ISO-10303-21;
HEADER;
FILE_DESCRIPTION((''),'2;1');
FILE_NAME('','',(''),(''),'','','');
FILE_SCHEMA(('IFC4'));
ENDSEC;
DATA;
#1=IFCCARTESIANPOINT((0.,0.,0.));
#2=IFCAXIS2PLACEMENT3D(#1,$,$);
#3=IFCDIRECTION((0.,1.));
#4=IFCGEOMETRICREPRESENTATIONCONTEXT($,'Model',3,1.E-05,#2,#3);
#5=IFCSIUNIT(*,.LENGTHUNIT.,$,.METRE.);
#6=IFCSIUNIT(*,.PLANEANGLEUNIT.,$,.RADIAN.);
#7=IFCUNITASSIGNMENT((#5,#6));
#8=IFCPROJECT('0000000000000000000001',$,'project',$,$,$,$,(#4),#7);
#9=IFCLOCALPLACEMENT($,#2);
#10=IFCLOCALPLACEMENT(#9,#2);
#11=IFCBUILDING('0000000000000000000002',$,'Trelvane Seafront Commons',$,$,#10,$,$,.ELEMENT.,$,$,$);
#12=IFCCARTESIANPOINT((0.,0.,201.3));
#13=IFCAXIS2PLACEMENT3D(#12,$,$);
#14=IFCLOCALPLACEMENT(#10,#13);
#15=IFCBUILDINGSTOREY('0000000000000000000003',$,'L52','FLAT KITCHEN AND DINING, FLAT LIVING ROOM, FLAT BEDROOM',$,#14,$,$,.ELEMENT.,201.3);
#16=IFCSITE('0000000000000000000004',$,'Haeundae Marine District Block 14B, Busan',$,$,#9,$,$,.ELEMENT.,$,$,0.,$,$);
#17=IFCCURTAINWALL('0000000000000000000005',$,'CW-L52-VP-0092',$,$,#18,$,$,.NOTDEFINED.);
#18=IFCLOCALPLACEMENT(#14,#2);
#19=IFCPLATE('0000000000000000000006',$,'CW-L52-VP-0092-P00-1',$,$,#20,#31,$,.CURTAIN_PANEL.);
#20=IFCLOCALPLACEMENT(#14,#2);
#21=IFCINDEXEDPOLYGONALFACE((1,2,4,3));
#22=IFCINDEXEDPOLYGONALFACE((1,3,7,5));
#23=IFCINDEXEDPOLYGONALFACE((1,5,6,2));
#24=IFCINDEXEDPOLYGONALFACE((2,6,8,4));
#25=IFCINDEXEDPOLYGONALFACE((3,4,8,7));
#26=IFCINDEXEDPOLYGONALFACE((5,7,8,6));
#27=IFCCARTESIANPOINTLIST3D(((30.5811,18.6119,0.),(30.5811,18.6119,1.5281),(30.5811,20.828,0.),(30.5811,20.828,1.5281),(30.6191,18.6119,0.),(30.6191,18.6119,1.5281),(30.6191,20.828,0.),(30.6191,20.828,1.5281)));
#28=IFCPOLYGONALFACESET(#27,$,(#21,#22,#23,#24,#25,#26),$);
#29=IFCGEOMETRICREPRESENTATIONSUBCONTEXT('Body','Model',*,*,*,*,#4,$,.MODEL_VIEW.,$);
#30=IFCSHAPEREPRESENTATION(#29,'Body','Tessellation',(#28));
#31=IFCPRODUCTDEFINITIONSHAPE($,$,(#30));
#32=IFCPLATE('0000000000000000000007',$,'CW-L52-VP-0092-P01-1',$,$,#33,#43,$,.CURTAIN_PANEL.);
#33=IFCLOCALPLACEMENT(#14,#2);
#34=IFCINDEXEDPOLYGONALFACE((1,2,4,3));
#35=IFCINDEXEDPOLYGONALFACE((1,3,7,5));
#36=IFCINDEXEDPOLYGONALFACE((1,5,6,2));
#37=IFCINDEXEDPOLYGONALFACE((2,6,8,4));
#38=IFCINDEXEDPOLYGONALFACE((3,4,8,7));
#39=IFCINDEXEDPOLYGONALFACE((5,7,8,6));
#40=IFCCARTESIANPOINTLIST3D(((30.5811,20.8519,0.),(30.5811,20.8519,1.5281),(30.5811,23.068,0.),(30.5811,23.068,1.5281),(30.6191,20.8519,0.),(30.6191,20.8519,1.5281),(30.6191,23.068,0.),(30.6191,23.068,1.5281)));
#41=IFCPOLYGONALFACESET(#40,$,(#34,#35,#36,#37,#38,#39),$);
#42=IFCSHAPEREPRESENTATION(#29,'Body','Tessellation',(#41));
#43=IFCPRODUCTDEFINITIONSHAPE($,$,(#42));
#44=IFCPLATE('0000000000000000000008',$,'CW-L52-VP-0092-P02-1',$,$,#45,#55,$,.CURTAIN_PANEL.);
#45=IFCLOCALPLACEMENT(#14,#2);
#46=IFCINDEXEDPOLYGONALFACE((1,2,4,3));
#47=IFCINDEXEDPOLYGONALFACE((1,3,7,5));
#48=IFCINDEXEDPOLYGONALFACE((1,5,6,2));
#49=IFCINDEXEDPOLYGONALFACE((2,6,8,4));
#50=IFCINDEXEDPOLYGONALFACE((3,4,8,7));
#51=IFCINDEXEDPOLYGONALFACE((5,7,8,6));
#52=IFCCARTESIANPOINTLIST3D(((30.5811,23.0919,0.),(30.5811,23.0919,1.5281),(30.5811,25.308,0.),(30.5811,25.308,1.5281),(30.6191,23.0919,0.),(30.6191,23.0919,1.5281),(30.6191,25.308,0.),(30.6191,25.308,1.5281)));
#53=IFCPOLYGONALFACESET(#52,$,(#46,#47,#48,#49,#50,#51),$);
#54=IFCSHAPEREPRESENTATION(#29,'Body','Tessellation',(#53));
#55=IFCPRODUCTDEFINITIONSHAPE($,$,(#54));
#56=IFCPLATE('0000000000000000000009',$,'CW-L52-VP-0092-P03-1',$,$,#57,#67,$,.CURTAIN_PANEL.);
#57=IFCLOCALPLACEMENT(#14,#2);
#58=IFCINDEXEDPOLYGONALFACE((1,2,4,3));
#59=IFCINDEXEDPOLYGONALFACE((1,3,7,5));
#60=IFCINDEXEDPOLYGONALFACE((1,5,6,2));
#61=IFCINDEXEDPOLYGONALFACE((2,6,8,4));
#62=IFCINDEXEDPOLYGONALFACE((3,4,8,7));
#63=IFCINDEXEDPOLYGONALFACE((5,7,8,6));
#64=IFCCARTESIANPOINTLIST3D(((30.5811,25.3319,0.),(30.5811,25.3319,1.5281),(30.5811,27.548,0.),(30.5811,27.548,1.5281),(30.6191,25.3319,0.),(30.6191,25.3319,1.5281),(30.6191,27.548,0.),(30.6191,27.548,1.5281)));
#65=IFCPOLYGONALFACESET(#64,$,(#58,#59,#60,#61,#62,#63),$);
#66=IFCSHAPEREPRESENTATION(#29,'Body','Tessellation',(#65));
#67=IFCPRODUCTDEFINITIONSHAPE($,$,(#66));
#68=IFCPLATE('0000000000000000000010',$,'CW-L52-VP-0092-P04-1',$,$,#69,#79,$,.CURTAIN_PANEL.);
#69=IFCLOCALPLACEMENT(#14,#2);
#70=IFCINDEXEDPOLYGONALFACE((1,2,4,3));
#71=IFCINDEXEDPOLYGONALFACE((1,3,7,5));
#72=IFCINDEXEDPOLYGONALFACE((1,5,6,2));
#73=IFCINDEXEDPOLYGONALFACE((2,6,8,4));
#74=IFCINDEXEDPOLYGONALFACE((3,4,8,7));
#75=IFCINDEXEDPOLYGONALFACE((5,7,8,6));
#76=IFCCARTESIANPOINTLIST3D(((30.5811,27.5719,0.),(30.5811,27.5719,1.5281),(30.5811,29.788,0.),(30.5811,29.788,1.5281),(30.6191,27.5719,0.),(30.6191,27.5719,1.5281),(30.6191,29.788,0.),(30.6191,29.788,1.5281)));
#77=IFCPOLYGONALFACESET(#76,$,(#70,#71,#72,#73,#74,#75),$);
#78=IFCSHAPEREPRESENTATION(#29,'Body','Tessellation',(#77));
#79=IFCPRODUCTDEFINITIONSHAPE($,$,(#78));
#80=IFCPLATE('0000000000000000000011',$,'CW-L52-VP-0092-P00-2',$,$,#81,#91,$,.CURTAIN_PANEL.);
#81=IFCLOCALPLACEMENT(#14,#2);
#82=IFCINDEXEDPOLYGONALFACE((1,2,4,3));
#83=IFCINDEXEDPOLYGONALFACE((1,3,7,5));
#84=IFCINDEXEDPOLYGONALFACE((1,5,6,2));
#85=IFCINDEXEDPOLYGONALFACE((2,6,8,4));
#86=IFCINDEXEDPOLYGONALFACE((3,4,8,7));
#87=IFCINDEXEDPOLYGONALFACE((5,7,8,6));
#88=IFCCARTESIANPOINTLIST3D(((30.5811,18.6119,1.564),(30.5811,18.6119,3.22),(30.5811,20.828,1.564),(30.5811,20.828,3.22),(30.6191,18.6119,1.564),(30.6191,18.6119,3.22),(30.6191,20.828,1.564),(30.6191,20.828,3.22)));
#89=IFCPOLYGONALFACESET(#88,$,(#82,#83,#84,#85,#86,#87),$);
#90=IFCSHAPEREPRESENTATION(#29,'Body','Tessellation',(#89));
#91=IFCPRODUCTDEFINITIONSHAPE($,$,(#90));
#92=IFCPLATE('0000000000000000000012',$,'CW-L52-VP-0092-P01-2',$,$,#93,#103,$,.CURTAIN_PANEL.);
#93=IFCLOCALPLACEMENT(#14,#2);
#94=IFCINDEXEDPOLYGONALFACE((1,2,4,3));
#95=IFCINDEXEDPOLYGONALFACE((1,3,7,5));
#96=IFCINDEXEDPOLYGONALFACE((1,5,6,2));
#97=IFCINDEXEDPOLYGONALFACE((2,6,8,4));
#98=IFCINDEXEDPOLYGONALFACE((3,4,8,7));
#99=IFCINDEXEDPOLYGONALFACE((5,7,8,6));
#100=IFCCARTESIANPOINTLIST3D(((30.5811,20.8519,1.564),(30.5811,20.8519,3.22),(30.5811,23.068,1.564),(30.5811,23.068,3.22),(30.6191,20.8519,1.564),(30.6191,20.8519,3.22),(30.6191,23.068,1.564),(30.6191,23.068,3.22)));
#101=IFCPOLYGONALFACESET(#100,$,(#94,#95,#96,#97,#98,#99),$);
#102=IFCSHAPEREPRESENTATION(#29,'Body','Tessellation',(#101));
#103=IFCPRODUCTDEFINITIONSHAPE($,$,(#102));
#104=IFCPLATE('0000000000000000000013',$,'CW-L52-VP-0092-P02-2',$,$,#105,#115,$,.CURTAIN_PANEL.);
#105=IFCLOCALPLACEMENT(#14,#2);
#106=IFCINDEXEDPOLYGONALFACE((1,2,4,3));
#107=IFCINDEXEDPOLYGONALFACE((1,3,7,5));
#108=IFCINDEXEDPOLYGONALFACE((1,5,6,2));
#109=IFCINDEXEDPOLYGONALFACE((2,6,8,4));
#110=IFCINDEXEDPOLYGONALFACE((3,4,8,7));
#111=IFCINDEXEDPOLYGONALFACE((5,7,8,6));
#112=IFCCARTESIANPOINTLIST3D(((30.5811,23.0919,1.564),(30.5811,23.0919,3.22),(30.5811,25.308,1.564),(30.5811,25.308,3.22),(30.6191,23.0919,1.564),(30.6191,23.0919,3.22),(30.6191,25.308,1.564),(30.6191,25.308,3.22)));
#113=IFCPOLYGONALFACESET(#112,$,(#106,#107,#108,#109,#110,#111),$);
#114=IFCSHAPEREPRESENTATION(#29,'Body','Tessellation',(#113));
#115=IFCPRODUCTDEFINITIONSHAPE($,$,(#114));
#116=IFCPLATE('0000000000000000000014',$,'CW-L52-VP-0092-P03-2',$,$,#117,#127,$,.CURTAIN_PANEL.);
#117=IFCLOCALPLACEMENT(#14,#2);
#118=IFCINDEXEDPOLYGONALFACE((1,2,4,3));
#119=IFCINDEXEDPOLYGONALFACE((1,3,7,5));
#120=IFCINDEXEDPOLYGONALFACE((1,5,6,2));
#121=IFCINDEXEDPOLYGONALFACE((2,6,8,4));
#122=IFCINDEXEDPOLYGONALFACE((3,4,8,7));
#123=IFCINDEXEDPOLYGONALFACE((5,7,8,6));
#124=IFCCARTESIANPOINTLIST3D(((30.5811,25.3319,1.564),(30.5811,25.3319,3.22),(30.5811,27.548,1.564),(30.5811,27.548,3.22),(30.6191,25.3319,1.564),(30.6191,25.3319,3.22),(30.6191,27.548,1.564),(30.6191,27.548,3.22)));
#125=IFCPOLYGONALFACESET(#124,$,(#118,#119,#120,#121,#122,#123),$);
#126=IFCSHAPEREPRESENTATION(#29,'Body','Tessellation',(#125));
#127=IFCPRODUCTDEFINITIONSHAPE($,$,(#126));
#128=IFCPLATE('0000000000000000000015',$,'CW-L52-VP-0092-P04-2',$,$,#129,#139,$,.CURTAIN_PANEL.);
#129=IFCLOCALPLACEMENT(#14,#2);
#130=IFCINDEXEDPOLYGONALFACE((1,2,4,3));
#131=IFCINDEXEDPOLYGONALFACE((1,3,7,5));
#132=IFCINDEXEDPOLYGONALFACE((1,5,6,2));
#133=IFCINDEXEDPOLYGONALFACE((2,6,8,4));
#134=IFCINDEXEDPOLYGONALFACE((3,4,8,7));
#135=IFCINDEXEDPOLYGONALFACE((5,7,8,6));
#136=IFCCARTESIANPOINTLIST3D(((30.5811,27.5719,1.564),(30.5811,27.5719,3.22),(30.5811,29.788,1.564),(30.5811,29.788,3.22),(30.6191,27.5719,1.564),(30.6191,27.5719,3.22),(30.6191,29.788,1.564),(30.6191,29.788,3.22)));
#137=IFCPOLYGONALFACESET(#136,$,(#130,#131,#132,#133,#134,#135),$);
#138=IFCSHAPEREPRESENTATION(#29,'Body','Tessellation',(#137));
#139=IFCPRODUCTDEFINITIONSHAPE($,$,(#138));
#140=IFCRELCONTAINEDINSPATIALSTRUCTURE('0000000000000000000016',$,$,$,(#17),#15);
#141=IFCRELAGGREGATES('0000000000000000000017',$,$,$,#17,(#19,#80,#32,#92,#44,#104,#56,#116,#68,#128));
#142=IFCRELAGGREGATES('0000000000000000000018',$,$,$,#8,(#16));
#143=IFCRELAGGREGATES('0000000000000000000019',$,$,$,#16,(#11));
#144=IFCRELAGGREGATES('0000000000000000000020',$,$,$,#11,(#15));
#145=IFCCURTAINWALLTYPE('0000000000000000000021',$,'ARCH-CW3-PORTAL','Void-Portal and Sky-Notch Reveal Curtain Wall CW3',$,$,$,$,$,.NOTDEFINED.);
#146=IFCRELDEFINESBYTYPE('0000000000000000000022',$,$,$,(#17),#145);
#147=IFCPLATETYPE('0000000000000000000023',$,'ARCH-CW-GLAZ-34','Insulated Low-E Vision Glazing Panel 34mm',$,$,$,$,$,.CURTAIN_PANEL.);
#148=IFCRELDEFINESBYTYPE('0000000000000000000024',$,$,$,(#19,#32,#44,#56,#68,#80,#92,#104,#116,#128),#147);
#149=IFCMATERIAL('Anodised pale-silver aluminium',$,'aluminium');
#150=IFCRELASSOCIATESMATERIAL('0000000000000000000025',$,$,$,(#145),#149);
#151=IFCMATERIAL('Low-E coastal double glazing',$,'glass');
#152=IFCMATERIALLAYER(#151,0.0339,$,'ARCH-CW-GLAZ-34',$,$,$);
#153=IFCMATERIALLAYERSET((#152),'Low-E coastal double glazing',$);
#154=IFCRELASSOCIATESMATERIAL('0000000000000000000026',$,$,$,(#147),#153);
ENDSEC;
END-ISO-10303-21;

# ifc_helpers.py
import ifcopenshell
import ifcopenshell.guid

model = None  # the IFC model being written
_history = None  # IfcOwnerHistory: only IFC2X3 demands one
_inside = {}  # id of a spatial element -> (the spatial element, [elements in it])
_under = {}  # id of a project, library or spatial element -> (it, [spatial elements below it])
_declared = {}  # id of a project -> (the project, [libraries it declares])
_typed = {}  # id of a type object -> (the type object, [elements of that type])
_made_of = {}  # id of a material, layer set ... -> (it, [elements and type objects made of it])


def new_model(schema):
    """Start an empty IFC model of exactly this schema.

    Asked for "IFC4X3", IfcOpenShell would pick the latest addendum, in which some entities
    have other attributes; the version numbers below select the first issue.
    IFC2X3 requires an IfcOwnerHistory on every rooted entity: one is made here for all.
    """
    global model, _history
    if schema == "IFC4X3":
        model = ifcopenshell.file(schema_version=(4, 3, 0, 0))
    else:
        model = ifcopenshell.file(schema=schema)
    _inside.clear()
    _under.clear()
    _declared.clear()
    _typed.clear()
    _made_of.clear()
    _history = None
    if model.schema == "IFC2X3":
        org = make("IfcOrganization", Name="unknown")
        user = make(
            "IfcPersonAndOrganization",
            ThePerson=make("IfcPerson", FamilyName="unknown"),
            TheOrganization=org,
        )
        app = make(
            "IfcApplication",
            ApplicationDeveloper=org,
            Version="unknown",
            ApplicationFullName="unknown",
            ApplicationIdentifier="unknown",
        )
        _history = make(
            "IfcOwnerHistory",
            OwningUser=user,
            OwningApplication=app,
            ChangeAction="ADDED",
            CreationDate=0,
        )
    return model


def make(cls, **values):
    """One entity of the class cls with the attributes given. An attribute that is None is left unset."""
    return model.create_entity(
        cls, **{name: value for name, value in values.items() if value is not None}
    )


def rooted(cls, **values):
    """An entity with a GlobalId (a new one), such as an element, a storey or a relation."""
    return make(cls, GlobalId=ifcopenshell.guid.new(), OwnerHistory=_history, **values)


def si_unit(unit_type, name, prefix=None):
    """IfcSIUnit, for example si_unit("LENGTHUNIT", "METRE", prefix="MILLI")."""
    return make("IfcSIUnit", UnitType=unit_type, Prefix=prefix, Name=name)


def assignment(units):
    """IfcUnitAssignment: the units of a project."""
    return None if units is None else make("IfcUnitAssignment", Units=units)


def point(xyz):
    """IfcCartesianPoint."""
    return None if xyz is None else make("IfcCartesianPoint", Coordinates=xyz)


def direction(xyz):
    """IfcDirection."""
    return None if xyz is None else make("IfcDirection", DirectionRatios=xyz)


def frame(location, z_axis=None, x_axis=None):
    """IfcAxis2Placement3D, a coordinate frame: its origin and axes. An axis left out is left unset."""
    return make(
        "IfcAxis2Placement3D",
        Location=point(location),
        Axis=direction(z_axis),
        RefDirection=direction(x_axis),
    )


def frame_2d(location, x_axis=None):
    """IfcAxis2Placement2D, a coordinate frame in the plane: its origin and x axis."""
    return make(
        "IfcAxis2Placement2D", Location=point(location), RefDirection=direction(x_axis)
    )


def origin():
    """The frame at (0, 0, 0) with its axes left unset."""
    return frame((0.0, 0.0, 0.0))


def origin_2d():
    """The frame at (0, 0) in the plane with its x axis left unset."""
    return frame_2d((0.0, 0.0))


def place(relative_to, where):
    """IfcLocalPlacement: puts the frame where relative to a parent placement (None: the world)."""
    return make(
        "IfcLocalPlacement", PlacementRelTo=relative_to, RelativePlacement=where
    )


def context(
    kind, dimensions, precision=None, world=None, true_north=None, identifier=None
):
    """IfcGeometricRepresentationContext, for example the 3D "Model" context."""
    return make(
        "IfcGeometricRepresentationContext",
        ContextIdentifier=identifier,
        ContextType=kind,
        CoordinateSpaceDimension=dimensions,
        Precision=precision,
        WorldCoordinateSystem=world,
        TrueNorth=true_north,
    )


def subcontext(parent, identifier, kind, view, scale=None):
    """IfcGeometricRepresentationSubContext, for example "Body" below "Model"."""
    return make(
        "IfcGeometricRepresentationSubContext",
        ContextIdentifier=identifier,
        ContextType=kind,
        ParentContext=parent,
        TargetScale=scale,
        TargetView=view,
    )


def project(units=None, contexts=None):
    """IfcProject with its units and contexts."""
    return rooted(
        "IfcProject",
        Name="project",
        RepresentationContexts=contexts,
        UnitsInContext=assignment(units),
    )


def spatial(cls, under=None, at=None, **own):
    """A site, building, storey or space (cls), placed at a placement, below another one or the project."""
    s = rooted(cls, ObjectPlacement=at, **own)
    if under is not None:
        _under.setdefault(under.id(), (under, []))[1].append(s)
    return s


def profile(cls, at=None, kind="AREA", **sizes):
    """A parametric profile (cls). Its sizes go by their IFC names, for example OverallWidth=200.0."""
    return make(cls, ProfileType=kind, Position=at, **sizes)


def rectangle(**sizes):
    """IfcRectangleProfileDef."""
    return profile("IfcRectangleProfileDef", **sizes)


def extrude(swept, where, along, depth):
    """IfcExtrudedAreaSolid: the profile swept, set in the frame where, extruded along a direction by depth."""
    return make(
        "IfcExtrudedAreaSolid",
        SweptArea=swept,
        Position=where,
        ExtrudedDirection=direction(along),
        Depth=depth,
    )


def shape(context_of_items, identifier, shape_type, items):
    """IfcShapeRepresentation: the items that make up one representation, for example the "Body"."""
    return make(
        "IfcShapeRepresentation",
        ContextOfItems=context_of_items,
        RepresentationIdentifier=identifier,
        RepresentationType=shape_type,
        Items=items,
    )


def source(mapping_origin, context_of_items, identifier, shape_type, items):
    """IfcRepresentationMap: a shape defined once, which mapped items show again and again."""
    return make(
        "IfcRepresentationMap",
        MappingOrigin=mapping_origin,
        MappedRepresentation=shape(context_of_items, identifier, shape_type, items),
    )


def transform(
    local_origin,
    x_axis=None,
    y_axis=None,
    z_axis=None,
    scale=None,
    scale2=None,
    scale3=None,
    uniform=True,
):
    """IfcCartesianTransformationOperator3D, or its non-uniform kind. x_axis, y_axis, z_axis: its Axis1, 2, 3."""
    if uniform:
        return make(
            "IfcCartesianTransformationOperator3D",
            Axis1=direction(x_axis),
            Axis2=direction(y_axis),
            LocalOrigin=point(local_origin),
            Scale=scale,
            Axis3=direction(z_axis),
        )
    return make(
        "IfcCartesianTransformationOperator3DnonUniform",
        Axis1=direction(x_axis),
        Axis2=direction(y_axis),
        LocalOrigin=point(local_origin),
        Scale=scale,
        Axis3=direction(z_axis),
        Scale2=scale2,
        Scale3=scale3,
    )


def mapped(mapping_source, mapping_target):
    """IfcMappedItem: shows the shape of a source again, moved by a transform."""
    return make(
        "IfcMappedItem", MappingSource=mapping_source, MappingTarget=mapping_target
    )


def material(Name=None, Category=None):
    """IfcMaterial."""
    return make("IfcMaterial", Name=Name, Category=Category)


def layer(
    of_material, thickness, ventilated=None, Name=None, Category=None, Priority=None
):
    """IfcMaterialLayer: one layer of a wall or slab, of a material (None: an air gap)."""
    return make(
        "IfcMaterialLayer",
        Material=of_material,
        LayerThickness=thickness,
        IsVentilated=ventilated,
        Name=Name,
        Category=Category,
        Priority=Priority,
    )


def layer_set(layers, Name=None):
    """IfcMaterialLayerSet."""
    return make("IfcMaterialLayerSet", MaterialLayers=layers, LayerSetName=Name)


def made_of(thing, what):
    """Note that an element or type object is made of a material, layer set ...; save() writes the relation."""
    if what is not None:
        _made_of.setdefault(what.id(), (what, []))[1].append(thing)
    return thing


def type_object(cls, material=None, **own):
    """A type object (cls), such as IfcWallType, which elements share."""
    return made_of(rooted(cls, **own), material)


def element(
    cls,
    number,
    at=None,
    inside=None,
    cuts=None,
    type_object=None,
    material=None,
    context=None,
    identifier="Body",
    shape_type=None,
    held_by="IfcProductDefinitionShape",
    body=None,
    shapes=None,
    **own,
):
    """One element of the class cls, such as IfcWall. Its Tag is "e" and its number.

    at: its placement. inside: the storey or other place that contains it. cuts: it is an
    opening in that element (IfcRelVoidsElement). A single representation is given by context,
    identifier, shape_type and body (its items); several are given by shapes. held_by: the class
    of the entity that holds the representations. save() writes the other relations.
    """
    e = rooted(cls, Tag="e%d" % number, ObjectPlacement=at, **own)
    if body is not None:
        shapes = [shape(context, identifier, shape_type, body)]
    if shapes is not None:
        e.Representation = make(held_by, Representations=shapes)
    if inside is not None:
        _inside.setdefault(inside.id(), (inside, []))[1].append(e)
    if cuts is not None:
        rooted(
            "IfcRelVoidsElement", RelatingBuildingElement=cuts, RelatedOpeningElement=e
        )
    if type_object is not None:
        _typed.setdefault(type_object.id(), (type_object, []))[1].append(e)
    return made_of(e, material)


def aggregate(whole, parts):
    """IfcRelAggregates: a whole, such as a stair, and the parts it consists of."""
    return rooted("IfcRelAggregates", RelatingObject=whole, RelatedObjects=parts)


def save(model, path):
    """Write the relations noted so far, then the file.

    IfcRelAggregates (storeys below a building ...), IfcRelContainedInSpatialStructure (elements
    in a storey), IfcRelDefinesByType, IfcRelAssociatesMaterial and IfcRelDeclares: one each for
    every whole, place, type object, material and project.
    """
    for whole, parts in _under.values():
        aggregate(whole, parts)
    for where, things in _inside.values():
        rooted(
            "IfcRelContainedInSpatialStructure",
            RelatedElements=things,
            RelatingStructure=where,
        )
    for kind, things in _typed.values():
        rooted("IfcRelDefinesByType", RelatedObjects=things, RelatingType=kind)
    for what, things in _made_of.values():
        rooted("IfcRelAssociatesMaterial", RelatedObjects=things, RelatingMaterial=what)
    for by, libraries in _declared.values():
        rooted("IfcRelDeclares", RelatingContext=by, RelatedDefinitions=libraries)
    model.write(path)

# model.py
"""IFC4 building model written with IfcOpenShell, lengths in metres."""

from ifc_helpers import new_model, si_unit, direction, frame, origin, origin_2d, place, context, subcontext, project, spatial, rectangle, extrude, source, transform, mapped, material, layer, layer_set, type_object, element, aggregate, save


model = new_model("IFC4")

# Units and contexts
model_context = context("Model", 3, precision=1e-05, world=origin(), true_north=direction((0.0, 1.0)))
body_context = subcontext(model_context, "Body", "Model", "MODEL_VIEW")
ifc_project = project(units=[si_unit("LENGTHUNIT", "METRE"), si_unit("PLANEANGLEUNIT", "RADIAN")], contexts=[model_context])

# Site, building, storey
site_placement = place(None, origin())
site = spatial("IfcSite", under=ifc_project, at=site_placement, Name="Haeundae Marine District Block 14B, Busan", CompositionType="ELEMENT", RefElevation=0.0)
building_placement = place(site_placement, origin())
building = spatial("IfcBuilding", under=site, at=building_placement, Name="Trelvane Seafront Commons", CompositionType="ELEMENT")
storey_placement = place(building_placement, frame((0.0, 0.0, 201.3)))
storey = spatial("IfcBuildingStorey", under=building, at=storey_placement, Name="L52", Description="FLAT KITCHEN AND DINING, FLAT LIVING ROOM, FLAT BEDROOM", CompositionType="ELEMENT", Elevation=201.3)

# Shared definitions
ifc_material_1 = material(Name="Anodised pale-silver aluminium", Category="aluminium")
curtain_wall_type = type_object("IfcCurtainWallType", Name="ARCH-CW3-PORTAL", Description="Void-Portal and Sky-Notch Reveal Curtain Wall CW3", PredefinedType="NOTDEFINED", material=ifc_material_1)

# Curtain wall
curtain_wall_1_placement = place(storey_placement, origin())
curtain_wall_1 = element("IfcCurtainWall", 1, at=curtain_wall_1_placement, inside=storey, type_object=curtain_wall_type, Name="CW-L52-VP-0092", PredefinedType="NOTDEFINED")

# Plates
ifc_material_2 = material(Name="Low-E coastal double glazing", Category="glass")
ifc_layer_1 = layer(ifc_material_2, 0.0339, Name="ARCH-CW-GLAZ-34")
ifc_layer_set_1 = layer_set([ifc_layer_1], Name="Low-E coastal double glazing")
plate_type_1 = type_object("IfcPlateType", Name="ARCH-CW-GLAZ-34", Description="Insulated Low-E Vision Glazing Panel 34mm", PredefinedType="CURTAIN_PANEL", material=ifc_layer_set_1)
shared_shape_1 = source(origin(), body_context, "Body", "SweptSolid", [
    extrude(rectangle(XDim=2.2161, YDim=0.0381, at=origin_2d()), origin(), (0.0, 0.0, 1.0), 1.5281),
])
plate_1_placement = place(storey_placement, frame((30.6001, 19.72, 0.0), z_axis=(0.0, 0.0, 1.0), x_axis=(0.0, 1.0, 0.0)))
plate_1 = element("IfcPlate", 2, at=plate_1_placement, type_object=plate_type_1, Name="CW-L52-VP-0092-P00-1", PredefinedType="CURTAIN_PANEL", context=body_context, shape_type="MappedRepresentation", body=[
    mapped(shared_shape_1, transform((0.0, 0.0, 0.0), x_axis=(1.0, 0.0, 0.0), y_axis=(0.0, 1.0, 0.0), z_axis=(0.0, 0.0, 1.0), scale=1.0)),
])
plate_2_placement = place(storey_placement, frame((30.6001, 21.96, 0.0), z_axis=(0.0, 0.0, 1.0), x_axis=(0.0, 1.0, 0.0)))
plate_2 = element("IfcPlate", 3, at=plate_2_placement, type_object=plate_type_1, Name="CW-L52-VP-0092-P01-1", PredefinedType="CURTAIN_PANEL", context=body_context, shape_type="MappedRepresentation", body=[
    mapped(shared_shape_1, transform((0.0, 0.0, 0.0), x_axis=(1.0, 0.0, 0.0), y_axis=(0.0, 1.0, 0.0), z_axis=(0.0, 0.0, 1.0), scale=1.0)),
])
plate_3_placement = place(storey_placement, frame((30.6001, 24.2, 0.0), z_axis=(0.0, 0.0, 1.0), x_axis=(0.0, 1.0, 0.0)))
plate_3 = element("IfcPlate", 4, at=plate_3_placement, type_object=plate_type_1, Name="CW-L52-VP-0092-P02-1", PredefinedType="CURTAIN_PANEL", context=body_context, shape_type="MappedRepresentation", body=[
    mapped(shared_shape_1, transform((0.0, 0.0, 0.0), x_axis=(1.0, 0.0, 0.0), y_axis=(0.0, 1.0, 0.0), z_axis=(0.0, 0.0, 1.0), scale=1.0)),
])
plate_4_placement = place(storey_placement, frame((30.6001, 26.4399, 0.0), z_axis=(0.0, 0.0, 1.0), x_axis=(0.0, 1.0, 0.0)))
plate_4 = element("IfcPlate", 5, at=plate_4_placement, type_object=plate_type_1, Name="CW-L52-VP-0092-P03-1", PredefinedType="CURTAIN_PANEL", context=body_context, shape_type="MappedRepresentation", body=[
    mapped(shared_shape_1, transform((0.0, 0.0, 0.0), x_axis=(1.0, 0.0, 0.0), y_axis=(0.0, 1.0, 0.0), z_axis=(0.0, 0.0, 1.0), scale=1.0)),
])
plate_5_placement = place(storey_placement, frame((30.6001, 28.6799, 0.0), z_axis=(0.0, 0.0, 1.0), x_axis=(0.0, 1.0, 0.0)))
plate_5 = element("IfcPlate", 6, at=plate_5_placement, type_object=plate_type_1, Name="CW-L52-VP-0092-P04-1", PredefinedType="CURTAIN_PANEL", context=body_context, shape_type="MappedRepresentation", body=[
    mapped(shared_shape_1, transform((0.0, 0.0, 0.0), x_axis=(1.0, 0.0, 0.0), y_axis=(0.0, 1.0, 0.0), z_axis=(0.0, 0.0, 1.0), scale=1.0)),
])
shared_shape_2 = source(origin(), body_context, "Body", "SweptSolid", [
    extrude(rectangle(XDim=2.2161, YDim=0.0381, at=origin_2d()), origin(), (0.0, 0.0, 1.0), 1.656),
])
plate_6_placement = place(storey_placement, frame((30.6001, 19.72, 1.564), z_axis=(0.0, 0.0, 1.0), x_axis=(0.0, 1.0, 0.0)))
plate_6 = element("IfcPlate", 7, at=plate_6_placement, type_object=plate_type_1, Name="CW-L52-VP-0092-P00-2", PredefinedType="CURTAIN_PANEL", context=body_context, shape_type="MappedRepresentation", body=[
    mapped(shared_shape_2, transform((0.0, 0.0, 0.0), x_axis=(1.0, 0.0, 0.0), y_axis=(0.0, 1.0, 0.0), z_axis=(0.0, 0.0, 1.0), scale=1.0)),
])
plate_7_placement = place(storey_placement, frame((30.6001, 21.96, 1.564), z_axis=(0.0, 0.0, 1.0), x_axis=(0.0, 1.0, 0.0)))
plate_7 = element("IfcPlate", 8, at=plate_7_placement, type_object=plate_type_1, Name="CW-L52-VP-0092-P01-2", PredefinedType="CURTAIN_PANEL", context=body_context, shape_type="MappedRepresentation", body=[
    mapped(shared_shape_2, transform((0.0, 0.0, 0.0), x_axis=(1.0, 0.0, 0.0), y_axis=(0.0, 1.0, 0.0), z_axis=(0.0, 0.0, 1.0), scale=1.0)),
])
plate_8_placement = place(storey_placement, frame((30.6001, 24.2, 1.564), z_axis=(0.0, 0.0, 1.0), x_axis=(0.0, 1.0, 0.0)))
plate_8 = element("IfcPlate", 9, at=plate_8_placement, type_object=plate_type_1, Name="CW-L52-VP-0092-P02-2", PredefinedType="CURTAIN_PANEL", context=body_context, shape_type="MappedRepresentation", body=[
    mapped(shared_shape_2, transform((0.0, 0.0, 0.0), x_axis=(1.0, 0.0, 0.0), y_axis=(0.0, 1.0, 0.0), z_axis=(0.0, 0.0, 1.0), scale=1.0)),
])
plate_9_placement = place(storey_placement, frame((30.6001, 26.4399, 1.564), z_axis=(0.0, 0.0, 1.0), x_axis=(0.0, 1.0, 0.0)))
plate_9 = element("IfcPlate", 10, at=plate_9_placement, type_object=plate_type_1, Name="CW-L52-VP-0092-P03-2", PredefinedType="CURTAIN_PANEL", context=body_context, shape_type="MappedRepresentation", body=[
    mapped(shared_shape_2, transform((0.0, 0.0, 0.0), x_axis=(1.0, 0.0, 0.0), y_axis=(0.0, 1.0, 0.0), z_axis=(0.0, 0.0, 1.0), scale=1.0)),
])
plate_10_placement = place(storey_placement, frame((30.6001, 28.6799, 1.564), z_axis=(0.0, 0.0, 1.0), x_axis=(0.0, 1.0, 0.0)))
plate_10 = element("IfcPlate", 11, at=plate_10_placement, type_object=plate_type_1, Name="CW-L52-VP-0092-P04-2", PredefinedType="CURTAIN_PANEL", context=body_context, shape_type="MappedRepresentation", body=[
    mapped(shared_shape_2, transform((0.0, 0.0, 0.0), x_axis=(1.0, 0.0, 0.0), y_axis=(0.0, 1.0, 0.0), z_axis=(0.0, 0.0, 1.0), scale=1.0)),
])
aggregate(curtain_wall_1, [plate_1, plate_6, plate_2, plate_7, plate_3, plate_8, plate_4, plate_9, plate_5, plate_10])

save(model, "model.ifc")
